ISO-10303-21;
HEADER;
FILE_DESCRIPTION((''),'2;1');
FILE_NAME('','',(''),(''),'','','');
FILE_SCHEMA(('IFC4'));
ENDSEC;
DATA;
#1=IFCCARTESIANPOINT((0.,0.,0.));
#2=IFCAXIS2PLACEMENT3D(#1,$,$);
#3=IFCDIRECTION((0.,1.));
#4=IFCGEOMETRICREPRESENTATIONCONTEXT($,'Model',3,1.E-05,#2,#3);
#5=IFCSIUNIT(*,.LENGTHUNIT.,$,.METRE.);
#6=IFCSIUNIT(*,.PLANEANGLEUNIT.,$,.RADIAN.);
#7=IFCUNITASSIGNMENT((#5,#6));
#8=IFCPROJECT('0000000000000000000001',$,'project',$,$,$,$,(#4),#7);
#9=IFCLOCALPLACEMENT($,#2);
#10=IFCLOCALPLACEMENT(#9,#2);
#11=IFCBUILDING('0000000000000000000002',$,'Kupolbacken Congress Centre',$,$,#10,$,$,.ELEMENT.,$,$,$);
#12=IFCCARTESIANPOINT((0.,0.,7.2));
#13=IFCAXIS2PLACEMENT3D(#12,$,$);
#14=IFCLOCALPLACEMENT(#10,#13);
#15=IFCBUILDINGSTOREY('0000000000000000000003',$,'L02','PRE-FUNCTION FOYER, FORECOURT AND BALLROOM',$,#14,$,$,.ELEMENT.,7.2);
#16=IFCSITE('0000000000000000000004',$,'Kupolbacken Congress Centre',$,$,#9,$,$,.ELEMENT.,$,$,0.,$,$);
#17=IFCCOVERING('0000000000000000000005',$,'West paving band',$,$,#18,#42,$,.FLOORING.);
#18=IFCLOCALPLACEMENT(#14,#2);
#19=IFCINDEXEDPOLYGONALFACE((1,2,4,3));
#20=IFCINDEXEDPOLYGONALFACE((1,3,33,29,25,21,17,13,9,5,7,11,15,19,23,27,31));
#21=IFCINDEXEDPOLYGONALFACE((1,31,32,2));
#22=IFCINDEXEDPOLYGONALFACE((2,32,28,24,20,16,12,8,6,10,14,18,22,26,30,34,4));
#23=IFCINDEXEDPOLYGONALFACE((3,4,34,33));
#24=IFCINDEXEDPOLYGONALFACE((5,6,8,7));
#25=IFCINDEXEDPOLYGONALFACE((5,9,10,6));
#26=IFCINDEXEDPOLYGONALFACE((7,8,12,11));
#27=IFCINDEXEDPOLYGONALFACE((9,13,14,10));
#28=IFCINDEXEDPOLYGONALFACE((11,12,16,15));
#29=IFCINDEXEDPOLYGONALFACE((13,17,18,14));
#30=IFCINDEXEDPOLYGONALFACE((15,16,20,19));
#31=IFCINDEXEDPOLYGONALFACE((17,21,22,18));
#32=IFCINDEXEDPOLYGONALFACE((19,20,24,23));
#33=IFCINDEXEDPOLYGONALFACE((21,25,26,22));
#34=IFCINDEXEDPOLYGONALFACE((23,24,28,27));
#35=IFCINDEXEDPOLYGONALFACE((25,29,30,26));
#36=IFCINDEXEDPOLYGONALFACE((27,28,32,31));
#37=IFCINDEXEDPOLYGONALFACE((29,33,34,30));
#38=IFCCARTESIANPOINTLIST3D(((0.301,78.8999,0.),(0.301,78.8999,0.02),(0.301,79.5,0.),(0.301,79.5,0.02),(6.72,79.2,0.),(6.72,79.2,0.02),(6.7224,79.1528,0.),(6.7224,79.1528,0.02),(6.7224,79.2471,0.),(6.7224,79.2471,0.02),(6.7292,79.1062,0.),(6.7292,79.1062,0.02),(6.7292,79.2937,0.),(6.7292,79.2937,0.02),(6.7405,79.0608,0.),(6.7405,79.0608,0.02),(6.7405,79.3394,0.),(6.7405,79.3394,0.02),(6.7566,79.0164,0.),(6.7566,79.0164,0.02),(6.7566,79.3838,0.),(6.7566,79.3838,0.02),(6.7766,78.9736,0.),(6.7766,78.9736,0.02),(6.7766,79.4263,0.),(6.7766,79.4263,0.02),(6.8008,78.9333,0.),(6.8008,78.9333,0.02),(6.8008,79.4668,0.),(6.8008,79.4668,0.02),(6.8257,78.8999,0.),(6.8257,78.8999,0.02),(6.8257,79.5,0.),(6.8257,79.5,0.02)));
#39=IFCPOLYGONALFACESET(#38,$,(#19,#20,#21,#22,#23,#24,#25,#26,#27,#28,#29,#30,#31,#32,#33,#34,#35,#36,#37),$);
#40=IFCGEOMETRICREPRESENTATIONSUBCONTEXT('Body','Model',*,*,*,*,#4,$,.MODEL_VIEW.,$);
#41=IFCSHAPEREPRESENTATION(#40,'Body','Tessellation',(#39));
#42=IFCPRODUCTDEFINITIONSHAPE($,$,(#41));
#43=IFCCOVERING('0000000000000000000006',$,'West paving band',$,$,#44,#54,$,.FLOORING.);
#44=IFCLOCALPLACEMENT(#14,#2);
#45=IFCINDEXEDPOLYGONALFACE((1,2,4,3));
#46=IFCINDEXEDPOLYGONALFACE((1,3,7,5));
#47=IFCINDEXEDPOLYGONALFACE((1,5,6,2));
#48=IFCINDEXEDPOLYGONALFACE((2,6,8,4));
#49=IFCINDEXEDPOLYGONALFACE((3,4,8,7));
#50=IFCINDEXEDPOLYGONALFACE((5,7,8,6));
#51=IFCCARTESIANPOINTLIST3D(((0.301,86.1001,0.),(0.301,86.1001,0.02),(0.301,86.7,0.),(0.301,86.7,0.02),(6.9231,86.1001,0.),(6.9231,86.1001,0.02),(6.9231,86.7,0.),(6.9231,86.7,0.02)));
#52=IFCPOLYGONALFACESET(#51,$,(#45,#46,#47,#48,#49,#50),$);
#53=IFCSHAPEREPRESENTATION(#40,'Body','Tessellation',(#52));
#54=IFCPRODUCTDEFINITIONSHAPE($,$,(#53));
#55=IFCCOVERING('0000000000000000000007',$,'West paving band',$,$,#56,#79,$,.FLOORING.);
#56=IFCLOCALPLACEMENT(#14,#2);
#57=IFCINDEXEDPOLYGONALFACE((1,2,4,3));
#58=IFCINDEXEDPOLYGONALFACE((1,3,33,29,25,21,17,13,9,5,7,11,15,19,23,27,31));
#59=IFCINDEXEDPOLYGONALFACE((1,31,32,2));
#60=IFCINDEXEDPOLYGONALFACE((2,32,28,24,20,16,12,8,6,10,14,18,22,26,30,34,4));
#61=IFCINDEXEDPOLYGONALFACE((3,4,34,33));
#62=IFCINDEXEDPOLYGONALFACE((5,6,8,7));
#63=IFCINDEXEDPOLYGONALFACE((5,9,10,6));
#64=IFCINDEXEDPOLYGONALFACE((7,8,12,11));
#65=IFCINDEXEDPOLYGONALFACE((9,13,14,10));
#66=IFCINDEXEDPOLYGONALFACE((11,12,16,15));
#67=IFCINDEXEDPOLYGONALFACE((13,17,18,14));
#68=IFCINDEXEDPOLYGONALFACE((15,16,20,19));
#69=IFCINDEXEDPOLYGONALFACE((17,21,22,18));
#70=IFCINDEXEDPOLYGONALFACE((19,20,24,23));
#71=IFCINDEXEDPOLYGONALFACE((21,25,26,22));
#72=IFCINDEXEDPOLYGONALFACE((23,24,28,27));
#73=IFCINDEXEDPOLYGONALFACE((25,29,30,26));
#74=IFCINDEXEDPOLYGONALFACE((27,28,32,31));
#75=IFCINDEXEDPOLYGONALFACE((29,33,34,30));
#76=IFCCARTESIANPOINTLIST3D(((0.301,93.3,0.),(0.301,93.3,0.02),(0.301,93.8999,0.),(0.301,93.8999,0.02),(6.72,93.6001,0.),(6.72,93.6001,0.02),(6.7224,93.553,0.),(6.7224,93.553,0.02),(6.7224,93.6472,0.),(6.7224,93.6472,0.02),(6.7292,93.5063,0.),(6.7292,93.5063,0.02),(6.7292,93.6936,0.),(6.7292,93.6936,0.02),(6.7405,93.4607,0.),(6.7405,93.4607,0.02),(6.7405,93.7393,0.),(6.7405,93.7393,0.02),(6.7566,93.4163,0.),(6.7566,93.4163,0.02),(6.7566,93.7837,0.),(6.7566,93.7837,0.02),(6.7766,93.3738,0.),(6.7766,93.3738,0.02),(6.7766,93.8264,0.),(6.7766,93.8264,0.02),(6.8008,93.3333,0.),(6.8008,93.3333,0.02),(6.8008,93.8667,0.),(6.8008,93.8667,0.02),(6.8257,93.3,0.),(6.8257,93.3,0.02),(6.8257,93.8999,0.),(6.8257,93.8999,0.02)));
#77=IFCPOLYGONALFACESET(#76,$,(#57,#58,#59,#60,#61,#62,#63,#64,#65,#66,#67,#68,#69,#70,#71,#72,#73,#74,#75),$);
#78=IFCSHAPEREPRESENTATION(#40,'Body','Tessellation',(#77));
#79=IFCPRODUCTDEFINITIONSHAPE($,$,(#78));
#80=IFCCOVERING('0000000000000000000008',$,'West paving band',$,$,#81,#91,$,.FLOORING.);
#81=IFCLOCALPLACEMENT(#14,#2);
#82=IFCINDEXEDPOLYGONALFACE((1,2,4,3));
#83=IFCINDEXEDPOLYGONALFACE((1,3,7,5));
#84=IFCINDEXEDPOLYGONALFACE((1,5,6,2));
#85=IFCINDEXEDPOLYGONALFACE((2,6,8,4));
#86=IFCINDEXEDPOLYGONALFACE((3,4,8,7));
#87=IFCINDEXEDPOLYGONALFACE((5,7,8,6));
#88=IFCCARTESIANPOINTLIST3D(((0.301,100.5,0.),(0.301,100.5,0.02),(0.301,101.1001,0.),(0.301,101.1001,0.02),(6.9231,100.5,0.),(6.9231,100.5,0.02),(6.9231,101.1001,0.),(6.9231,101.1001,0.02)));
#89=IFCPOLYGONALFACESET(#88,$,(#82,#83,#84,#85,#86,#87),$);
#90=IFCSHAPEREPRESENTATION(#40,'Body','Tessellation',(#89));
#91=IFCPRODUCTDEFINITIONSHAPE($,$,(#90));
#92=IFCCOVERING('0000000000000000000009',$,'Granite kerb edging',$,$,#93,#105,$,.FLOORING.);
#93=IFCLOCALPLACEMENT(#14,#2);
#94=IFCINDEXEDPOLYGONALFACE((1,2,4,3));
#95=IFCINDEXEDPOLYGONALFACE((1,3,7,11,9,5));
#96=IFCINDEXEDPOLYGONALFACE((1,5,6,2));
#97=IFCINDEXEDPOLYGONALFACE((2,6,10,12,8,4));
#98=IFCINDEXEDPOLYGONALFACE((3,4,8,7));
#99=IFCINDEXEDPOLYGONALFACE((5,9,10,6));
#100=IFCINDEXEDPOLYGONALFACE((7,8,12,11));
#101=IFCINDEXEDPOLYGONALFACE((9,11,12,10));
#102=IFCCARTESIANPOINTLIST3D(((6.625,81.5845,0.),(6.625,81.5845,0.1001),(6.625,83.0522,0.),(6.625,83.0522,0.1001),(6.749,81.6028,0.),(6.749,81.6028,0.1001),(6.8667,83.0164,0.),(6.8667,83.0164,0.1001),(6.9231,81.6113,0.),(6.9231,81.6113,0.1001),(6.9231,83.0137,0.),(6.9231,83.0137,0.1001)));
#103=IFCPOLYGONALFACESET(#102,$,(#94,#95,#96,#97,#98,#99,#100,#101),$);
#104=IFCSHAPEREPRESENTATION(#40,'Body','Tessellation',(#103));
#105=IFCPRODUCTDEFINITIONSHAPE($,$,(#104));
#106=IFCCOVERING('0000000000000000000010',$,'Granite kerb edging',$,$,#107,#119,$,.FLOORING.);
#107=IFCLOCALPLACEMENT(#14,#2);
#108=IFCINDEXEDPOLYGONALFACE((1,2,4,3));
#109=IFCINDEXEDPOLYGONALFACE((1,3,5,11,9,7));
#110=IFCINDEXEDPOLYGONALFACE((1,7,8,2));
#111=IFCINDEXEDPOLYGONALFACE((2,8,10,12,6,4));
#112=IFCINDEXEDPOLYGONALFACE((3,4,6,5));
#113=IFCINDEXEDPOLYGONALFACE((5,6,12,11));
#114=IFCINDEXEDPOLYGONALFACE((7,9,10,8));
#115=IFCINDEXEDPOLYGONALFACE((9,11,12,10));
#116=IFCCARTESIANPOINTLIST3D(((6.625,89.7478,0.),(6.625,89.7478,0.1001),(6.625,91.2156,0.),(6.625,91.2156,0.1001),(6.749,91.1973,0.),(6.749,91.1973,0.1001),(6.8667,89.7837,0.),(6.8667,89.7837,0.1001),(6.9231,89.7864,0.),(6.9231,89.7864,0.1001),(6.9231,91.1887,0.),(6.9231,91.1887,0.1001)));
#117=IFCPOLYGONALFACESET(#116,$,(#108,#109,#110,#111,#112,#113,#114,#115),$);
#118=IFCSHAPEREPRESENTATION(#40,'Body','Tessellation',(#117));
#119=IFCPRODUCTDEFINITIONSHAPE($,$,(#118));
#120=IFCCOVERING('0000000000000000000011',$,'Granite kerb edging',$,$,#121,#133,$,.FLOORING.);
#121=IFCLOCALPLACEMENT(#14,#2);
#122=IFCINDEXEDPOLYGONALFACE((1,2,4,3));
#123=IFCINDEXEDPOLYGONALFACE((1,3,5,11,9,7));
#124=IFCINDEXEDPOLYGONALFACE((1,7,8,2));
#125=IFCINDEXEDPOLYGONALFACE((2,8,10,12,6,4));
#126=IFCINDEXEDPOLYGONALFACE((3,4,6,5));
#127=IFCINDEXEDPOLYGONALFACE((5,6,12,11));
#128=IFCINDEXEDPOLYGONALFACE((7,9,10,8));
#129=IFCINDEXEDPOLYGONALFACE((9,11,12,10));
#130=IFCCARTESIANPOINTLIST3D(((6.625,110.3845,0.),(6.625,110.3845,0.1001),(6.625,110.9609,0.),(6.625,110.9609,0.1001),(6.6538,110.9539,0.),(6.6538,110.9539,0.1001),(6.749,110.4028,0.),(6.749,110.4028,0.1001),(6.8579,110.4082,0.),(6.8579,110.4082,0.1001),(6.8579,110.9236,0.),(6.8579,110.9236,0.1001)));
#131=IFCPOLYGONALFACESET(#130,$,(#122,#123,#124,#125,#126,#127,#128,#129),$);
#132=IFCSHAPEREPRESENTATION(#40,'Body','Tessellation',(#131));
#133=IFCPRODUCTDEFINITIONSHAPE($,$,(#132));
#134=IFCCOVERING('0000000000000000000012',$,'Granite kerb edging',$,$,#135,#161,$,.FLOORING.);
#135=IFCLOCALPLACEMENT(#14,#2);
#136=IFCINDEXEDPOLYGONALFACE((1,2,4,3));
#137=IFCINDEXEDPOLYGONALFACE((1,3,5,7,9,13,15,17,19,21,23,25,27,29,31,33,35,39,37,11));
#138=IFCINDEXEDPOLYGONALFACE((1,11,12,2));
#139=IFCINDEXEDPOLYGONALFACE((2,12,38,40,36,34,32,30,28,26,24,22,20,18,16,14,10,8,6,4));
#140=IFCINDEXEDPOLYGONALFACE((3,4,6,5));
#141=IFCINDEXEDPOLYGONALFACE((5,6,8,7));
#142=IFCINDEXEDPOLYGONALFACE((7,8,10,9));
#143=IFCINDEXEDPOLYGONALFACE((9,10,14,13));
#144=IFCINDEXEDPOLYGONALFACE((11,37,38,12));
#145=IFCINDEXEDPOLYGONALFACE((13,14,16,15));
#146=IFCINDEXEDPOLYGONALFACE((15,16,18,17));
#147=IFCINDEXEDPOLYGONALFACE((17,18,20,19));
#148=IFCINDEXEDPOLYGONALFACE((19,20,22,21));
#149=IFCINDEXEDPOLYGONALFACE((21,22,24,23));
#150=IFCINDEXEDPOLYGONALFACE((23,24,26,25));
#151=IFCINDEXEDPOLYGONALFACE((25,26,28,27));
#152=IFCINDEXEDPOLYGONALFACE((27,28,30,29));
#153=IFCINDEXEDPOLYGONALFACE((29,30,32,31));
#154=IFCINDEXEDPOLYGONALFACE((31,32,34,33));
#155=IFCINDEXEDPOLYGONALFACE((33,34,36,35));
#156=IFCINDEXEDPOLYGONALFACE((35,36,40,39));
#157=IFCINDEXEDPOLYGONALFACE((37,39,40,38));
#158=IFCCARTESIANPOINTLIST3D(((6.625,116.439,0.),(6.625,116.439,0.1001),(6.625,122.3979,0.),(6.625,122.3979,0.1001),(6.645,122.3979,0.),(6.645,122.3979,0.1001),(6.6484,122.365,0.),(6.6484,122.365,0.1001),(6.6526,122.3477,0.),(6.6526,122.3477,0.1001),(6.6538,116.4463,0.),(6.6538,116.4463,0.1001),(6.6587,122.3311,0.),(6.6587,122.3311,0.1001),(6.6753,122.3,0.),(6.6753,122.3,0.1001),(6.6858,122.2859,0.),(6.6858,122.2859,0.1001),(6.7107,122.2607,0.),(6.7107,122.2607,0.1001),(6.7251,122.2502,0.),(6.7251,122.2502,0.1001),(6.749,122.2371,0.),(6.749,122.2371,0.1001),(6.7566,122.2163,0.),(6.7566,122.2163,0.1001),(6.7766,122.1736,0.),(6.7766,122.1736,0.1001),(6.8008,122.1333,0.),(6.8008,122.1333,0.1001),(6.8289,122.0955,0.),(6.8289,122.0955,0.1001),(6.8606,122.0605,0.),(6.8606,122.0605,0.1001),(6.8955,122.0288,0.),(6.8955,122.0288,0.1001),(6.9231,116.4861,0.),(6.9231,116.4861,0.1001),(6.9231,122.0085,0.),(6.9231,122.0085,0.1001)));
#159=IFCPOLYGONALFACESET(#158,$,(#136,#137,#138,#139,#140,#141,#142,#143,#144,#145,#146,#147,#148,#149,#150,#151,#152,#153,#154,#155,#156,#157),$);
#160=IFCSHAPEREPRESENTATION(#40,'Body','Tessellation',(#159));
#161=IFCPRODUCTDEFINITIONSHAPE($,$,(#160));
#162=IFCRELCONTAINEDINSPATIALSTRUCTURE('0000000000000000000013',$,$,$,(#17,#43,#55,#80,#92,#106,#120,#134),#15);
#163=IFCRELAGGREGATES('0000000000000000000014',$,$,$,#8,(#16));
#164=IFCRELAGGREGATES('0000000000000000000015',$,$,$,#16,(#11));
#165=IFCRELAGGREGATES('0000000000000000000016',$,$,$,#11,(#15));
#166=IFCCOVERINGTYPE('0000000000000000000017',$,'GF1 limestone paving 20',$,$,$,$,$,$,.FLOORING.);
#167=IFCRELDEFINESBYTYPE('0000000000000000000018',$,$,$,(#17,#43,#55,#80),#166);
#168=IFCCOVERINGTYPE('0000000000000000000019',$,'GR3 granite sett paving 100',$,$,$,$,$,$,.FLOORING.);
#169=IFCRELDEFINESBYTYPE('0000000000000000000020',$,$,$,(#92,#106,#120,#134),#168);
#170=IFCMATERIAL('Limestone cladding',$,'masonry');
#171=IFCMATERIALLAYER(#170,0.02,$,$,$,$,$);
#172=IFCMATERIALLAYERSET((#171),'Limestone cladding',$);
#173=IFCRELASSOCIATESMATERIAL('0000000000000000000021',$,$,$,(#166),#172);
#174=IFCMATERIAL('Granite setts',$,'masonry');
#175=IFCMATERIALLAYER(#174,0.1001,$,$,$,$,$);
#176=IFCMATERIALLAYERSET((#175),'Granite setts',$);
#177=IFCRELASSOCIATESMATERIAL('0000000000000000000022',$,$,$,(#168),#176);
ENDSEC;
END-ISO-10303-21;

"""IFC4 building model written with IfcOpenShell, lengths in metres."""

from ifc_helpers import new_model, si_unit, direction, frame, origin, place, context, subcontext, project, spatial, polyline, outline, extrude, material, layer, layer_set, type_object, element, save


model = new_model("IFC4")

# Units and contexts
model_context = context("Model", 3, precision=1e-05, world=origin(), true_north=direction((0.0, 1.0)))
body_context = subcontext(model_context, "Body", "Model", "MODEL_VIEW")
ifc_project = project(units=[si_unit("LENGTHUNIT", "METRE"), si_unit("PLANEANGLEUNIT", "RADIAN")], contexts=[model_context])

# Site, building, storey
site_placement = place(None, origin())
site = spatial("IfcSite", under=ifc_project, at=site_placement, Name="Kupolbacken Congress Centre", CompositionType="ELEMENT", RefElevation=0.0)
building_placement = place(site_placement, origin())
building = spatial("IfcBuilding", under=site, at=building_placement, Name="Kupolbacken Congress Centre", CompositionType="ELEMENT")
storey_placement = place(building_placement, frame((0.0, 0.0, 7.2)))
storey = spatial("IfcBuildingStorey", under=building, at=storey_placement, Name="L02", Description="PRE-FUNCTION FOYER, FORECOURT AND BALLROOM", CompositionType="ELEMENT", Elevation=7.2)

# Coverings
ifc_material_1 = material(Name="Limestone cladding", Category="masonry")
ifc_layer_1 = layer(ifc_material_1, 0.02)
ifc_layer_set_1 = layer_set([ifc_layer_1], Name="Limestone cladding")
covering_type_1 = type_object("IfcCoveringType", Name="GF1 limestone paving 20", PredefinedType="FLOORING", material=ifc_layer_set_1)
covering_1_placement = place(storey_placement, origin())
element("IfcCovering", 1, at=covering_1_placement, inside=storey, type_object=covering_type_1, Name="West paving band", PredefinedType="FLOORING", context=body_context, shape_type="SweptSolid", body=[
    extrude(outline(polyline([(0.301, 78.8999), (0.301, 79.5), (6.8257, 79.5), (6.8008, 79.4668), (6.7766, 79.4263), (6.7566, 79.3838), (6.7405, 79.3394), (6.7292, 79.2937), (6.7224, 79.2471), (6.72, 79.2), (6.7224, 79.1528), (6.7292, 79.1062), (6.7405, 79.0608), (6.7566, 79.0164), (6.7766, 78.9736), (6.8008, 78.9333), (6.8257, 78.8999), (0.301, 78.8999)])), origin(), (0.0, 0.0, 1.0), 0.02),
])
covering_2_placement = place(storey_placement, origin())
element("IfcCovering", 2, at=covering_2_placement, inside=storey, type_object=covering_type_1, Name="West paving band", PredefinedType="FLOORING", context=body_context, shape_type="SweptSolid", body=[
    extrude(outline(polyline([(0.301, 86.1001), (0.301, 86.7), (6.9231, 86.7), (6.9231, 86.1001), (0.301, 86.1001)])), origin(), (0.0, 0.0, 1.0), 0.02),
])
covering_3_placement = place(storey_placement, origin())
element("IfcCovering", 3, at=covering_3_placement, inside=storey, type_object=covering_type_1, Name="West paving band", PredefinedType="FLOORING", context=body_context, shape_type="SweptSolid", body=[
    extrude(outline(polyline([(0.301, 93.3), (0.301, 93.8999), (6.8257, 93.8999), (6.8008, 93.8667), (6.7766, 93.8264), (6.7566, 93.7837), (6.7405, 93.7393), (6.7292, 93.6936), (6.7224, 93.6472), (6.72, 93.6001), (6.7224, 93.553), (6.7292, 93.5063), (6.7405, 93.4607), (6.7566, 93.4163), (6.7766, 93.3738), (6.8008, 93.3333), (6.8257, 93.3), (0.301, 93.3)])), origin(), (0.0, 0.0, 1.0), 0.02),
])
covering_4_placement = place(storey_placement, origin())
element("IfcCovering", 4, at=covering_4_placement, inside=storey, type_object=covering_type_1, Name="West paving band", PredefinedType="FLOORING", context=body_context, shape_type="SweptSolid", body=[
    extrude(outline(polyline([(0.301, 100.5), (0.301, 101.1001), (6.9231, 101.1001), (6.9231, 100.5), (0.301, 100.5)])), origin(), (0.0, 0.0, 1.0), 0.02),
])
ifc_material_2 = material(Name="Granite setts", Category="masonry")
ifc_layer_2 = layer(ifc_material_2, 0.1001)
ifc_layer_set_2 = layer_set([ifc_layer_2], Name="Granite setts")
covering_type_2 = type_object("IfcCoveringType", Name="GR3 granite sett paving 100", PredefinedType="FLOORING", material=ifc_layer_set_2)
covering_5_placement = place(storey_placement, origin())
element("IfcCovering", 5, at=covering_5_placement, inside=storey, type_object=covering_type_2, Name="Granite kerb edging", PredefinedType="FLOORING", context=body_context, shape_type="SweptSolid", body=[
    extrude(outline(polyline([(6.625, 83.0522), (6.8667, 83.0164), (6.9231, 83.0137), (6.9231, 81.6113), (6.749, 81.6028), (6.625, 81.5845), (6.625, 83.0522)])), origin(), (0.0, 0.0, 1.0), 0.1001),
])
covering_6_placement = place(storey_placement, origin())
element("IfcCovering", 6, at=covering_6_placement, inside=storey, type_object=covering_type_2, Name="Granite kerb edging", PredefinedType="FLOORING", context=body_context, shape_type="SweptSolid", body=[
    extrude(outline(polyline([(6.625, 91.2156), (6.749, 91.1973), (6.9231, 91.1887), (6.9231, 89.7864), (6.8667, 89.7837), (6.625, 89.7478), (6.625, 91.2156)])), origin(), (0.0, 0.0, 1.0), 0.1001),
])
covering_7_placement = place(storey_placement, origin())
element("IfcCovering", 7, at=covering_7_placement, inside=storey, type_object=covering_type_2, Name="Granite kerb edging", PredefinedType="FLOORING", context=body_context, shape_type="SweptSolid", body=[
    extrude(outline(polyline([(6.6538, 110.9539), (6.8579, 110.9236), (6.8579, 110.4082), (6.749, 110.4028), (6.625, 110.3845), (6.625, 110.9609), (6.6538, 110.9539)])), origin(), (0.0, 0.0, 1.0), 0.1001),
])
covering_8_placement = place(storey_placement, origin())
element("IfcCovering", 8, at=covering_8_placement, inside=storey, type_object=covering_type_2, Name="Granite kerb edging", PredefinedType="FLOORING", context=body_context, shape_type="SweptSolid", body=[
    extrude(outline(polyline([(6.6753, 122.3), (6.6858, 122.2859), (6.7107, 122.2607), (6.7251, 122.2502), (6.749, 122.2371), (6.7566, 122.2163), (6.7766, 122.1736), (6.8008, 122.1333), (6.8289, 122.0955), (6.8606, 122.0605), (6.8955, 122.0288), (6.9231, 122.0085), (6.9231, 116.4861), (6.6538, 116.4463), (6.625, 116.439), (6.625, 122.3979), (6.645, 122.3979), (6.6484, 122.365), (6.6526, 122.3477), (6.6587, 122.3311), (6.6753, 122.3)])), origin(), (0.0, 0.0, 1.0), 0.1001),
])

save(model, "model.ifc")
